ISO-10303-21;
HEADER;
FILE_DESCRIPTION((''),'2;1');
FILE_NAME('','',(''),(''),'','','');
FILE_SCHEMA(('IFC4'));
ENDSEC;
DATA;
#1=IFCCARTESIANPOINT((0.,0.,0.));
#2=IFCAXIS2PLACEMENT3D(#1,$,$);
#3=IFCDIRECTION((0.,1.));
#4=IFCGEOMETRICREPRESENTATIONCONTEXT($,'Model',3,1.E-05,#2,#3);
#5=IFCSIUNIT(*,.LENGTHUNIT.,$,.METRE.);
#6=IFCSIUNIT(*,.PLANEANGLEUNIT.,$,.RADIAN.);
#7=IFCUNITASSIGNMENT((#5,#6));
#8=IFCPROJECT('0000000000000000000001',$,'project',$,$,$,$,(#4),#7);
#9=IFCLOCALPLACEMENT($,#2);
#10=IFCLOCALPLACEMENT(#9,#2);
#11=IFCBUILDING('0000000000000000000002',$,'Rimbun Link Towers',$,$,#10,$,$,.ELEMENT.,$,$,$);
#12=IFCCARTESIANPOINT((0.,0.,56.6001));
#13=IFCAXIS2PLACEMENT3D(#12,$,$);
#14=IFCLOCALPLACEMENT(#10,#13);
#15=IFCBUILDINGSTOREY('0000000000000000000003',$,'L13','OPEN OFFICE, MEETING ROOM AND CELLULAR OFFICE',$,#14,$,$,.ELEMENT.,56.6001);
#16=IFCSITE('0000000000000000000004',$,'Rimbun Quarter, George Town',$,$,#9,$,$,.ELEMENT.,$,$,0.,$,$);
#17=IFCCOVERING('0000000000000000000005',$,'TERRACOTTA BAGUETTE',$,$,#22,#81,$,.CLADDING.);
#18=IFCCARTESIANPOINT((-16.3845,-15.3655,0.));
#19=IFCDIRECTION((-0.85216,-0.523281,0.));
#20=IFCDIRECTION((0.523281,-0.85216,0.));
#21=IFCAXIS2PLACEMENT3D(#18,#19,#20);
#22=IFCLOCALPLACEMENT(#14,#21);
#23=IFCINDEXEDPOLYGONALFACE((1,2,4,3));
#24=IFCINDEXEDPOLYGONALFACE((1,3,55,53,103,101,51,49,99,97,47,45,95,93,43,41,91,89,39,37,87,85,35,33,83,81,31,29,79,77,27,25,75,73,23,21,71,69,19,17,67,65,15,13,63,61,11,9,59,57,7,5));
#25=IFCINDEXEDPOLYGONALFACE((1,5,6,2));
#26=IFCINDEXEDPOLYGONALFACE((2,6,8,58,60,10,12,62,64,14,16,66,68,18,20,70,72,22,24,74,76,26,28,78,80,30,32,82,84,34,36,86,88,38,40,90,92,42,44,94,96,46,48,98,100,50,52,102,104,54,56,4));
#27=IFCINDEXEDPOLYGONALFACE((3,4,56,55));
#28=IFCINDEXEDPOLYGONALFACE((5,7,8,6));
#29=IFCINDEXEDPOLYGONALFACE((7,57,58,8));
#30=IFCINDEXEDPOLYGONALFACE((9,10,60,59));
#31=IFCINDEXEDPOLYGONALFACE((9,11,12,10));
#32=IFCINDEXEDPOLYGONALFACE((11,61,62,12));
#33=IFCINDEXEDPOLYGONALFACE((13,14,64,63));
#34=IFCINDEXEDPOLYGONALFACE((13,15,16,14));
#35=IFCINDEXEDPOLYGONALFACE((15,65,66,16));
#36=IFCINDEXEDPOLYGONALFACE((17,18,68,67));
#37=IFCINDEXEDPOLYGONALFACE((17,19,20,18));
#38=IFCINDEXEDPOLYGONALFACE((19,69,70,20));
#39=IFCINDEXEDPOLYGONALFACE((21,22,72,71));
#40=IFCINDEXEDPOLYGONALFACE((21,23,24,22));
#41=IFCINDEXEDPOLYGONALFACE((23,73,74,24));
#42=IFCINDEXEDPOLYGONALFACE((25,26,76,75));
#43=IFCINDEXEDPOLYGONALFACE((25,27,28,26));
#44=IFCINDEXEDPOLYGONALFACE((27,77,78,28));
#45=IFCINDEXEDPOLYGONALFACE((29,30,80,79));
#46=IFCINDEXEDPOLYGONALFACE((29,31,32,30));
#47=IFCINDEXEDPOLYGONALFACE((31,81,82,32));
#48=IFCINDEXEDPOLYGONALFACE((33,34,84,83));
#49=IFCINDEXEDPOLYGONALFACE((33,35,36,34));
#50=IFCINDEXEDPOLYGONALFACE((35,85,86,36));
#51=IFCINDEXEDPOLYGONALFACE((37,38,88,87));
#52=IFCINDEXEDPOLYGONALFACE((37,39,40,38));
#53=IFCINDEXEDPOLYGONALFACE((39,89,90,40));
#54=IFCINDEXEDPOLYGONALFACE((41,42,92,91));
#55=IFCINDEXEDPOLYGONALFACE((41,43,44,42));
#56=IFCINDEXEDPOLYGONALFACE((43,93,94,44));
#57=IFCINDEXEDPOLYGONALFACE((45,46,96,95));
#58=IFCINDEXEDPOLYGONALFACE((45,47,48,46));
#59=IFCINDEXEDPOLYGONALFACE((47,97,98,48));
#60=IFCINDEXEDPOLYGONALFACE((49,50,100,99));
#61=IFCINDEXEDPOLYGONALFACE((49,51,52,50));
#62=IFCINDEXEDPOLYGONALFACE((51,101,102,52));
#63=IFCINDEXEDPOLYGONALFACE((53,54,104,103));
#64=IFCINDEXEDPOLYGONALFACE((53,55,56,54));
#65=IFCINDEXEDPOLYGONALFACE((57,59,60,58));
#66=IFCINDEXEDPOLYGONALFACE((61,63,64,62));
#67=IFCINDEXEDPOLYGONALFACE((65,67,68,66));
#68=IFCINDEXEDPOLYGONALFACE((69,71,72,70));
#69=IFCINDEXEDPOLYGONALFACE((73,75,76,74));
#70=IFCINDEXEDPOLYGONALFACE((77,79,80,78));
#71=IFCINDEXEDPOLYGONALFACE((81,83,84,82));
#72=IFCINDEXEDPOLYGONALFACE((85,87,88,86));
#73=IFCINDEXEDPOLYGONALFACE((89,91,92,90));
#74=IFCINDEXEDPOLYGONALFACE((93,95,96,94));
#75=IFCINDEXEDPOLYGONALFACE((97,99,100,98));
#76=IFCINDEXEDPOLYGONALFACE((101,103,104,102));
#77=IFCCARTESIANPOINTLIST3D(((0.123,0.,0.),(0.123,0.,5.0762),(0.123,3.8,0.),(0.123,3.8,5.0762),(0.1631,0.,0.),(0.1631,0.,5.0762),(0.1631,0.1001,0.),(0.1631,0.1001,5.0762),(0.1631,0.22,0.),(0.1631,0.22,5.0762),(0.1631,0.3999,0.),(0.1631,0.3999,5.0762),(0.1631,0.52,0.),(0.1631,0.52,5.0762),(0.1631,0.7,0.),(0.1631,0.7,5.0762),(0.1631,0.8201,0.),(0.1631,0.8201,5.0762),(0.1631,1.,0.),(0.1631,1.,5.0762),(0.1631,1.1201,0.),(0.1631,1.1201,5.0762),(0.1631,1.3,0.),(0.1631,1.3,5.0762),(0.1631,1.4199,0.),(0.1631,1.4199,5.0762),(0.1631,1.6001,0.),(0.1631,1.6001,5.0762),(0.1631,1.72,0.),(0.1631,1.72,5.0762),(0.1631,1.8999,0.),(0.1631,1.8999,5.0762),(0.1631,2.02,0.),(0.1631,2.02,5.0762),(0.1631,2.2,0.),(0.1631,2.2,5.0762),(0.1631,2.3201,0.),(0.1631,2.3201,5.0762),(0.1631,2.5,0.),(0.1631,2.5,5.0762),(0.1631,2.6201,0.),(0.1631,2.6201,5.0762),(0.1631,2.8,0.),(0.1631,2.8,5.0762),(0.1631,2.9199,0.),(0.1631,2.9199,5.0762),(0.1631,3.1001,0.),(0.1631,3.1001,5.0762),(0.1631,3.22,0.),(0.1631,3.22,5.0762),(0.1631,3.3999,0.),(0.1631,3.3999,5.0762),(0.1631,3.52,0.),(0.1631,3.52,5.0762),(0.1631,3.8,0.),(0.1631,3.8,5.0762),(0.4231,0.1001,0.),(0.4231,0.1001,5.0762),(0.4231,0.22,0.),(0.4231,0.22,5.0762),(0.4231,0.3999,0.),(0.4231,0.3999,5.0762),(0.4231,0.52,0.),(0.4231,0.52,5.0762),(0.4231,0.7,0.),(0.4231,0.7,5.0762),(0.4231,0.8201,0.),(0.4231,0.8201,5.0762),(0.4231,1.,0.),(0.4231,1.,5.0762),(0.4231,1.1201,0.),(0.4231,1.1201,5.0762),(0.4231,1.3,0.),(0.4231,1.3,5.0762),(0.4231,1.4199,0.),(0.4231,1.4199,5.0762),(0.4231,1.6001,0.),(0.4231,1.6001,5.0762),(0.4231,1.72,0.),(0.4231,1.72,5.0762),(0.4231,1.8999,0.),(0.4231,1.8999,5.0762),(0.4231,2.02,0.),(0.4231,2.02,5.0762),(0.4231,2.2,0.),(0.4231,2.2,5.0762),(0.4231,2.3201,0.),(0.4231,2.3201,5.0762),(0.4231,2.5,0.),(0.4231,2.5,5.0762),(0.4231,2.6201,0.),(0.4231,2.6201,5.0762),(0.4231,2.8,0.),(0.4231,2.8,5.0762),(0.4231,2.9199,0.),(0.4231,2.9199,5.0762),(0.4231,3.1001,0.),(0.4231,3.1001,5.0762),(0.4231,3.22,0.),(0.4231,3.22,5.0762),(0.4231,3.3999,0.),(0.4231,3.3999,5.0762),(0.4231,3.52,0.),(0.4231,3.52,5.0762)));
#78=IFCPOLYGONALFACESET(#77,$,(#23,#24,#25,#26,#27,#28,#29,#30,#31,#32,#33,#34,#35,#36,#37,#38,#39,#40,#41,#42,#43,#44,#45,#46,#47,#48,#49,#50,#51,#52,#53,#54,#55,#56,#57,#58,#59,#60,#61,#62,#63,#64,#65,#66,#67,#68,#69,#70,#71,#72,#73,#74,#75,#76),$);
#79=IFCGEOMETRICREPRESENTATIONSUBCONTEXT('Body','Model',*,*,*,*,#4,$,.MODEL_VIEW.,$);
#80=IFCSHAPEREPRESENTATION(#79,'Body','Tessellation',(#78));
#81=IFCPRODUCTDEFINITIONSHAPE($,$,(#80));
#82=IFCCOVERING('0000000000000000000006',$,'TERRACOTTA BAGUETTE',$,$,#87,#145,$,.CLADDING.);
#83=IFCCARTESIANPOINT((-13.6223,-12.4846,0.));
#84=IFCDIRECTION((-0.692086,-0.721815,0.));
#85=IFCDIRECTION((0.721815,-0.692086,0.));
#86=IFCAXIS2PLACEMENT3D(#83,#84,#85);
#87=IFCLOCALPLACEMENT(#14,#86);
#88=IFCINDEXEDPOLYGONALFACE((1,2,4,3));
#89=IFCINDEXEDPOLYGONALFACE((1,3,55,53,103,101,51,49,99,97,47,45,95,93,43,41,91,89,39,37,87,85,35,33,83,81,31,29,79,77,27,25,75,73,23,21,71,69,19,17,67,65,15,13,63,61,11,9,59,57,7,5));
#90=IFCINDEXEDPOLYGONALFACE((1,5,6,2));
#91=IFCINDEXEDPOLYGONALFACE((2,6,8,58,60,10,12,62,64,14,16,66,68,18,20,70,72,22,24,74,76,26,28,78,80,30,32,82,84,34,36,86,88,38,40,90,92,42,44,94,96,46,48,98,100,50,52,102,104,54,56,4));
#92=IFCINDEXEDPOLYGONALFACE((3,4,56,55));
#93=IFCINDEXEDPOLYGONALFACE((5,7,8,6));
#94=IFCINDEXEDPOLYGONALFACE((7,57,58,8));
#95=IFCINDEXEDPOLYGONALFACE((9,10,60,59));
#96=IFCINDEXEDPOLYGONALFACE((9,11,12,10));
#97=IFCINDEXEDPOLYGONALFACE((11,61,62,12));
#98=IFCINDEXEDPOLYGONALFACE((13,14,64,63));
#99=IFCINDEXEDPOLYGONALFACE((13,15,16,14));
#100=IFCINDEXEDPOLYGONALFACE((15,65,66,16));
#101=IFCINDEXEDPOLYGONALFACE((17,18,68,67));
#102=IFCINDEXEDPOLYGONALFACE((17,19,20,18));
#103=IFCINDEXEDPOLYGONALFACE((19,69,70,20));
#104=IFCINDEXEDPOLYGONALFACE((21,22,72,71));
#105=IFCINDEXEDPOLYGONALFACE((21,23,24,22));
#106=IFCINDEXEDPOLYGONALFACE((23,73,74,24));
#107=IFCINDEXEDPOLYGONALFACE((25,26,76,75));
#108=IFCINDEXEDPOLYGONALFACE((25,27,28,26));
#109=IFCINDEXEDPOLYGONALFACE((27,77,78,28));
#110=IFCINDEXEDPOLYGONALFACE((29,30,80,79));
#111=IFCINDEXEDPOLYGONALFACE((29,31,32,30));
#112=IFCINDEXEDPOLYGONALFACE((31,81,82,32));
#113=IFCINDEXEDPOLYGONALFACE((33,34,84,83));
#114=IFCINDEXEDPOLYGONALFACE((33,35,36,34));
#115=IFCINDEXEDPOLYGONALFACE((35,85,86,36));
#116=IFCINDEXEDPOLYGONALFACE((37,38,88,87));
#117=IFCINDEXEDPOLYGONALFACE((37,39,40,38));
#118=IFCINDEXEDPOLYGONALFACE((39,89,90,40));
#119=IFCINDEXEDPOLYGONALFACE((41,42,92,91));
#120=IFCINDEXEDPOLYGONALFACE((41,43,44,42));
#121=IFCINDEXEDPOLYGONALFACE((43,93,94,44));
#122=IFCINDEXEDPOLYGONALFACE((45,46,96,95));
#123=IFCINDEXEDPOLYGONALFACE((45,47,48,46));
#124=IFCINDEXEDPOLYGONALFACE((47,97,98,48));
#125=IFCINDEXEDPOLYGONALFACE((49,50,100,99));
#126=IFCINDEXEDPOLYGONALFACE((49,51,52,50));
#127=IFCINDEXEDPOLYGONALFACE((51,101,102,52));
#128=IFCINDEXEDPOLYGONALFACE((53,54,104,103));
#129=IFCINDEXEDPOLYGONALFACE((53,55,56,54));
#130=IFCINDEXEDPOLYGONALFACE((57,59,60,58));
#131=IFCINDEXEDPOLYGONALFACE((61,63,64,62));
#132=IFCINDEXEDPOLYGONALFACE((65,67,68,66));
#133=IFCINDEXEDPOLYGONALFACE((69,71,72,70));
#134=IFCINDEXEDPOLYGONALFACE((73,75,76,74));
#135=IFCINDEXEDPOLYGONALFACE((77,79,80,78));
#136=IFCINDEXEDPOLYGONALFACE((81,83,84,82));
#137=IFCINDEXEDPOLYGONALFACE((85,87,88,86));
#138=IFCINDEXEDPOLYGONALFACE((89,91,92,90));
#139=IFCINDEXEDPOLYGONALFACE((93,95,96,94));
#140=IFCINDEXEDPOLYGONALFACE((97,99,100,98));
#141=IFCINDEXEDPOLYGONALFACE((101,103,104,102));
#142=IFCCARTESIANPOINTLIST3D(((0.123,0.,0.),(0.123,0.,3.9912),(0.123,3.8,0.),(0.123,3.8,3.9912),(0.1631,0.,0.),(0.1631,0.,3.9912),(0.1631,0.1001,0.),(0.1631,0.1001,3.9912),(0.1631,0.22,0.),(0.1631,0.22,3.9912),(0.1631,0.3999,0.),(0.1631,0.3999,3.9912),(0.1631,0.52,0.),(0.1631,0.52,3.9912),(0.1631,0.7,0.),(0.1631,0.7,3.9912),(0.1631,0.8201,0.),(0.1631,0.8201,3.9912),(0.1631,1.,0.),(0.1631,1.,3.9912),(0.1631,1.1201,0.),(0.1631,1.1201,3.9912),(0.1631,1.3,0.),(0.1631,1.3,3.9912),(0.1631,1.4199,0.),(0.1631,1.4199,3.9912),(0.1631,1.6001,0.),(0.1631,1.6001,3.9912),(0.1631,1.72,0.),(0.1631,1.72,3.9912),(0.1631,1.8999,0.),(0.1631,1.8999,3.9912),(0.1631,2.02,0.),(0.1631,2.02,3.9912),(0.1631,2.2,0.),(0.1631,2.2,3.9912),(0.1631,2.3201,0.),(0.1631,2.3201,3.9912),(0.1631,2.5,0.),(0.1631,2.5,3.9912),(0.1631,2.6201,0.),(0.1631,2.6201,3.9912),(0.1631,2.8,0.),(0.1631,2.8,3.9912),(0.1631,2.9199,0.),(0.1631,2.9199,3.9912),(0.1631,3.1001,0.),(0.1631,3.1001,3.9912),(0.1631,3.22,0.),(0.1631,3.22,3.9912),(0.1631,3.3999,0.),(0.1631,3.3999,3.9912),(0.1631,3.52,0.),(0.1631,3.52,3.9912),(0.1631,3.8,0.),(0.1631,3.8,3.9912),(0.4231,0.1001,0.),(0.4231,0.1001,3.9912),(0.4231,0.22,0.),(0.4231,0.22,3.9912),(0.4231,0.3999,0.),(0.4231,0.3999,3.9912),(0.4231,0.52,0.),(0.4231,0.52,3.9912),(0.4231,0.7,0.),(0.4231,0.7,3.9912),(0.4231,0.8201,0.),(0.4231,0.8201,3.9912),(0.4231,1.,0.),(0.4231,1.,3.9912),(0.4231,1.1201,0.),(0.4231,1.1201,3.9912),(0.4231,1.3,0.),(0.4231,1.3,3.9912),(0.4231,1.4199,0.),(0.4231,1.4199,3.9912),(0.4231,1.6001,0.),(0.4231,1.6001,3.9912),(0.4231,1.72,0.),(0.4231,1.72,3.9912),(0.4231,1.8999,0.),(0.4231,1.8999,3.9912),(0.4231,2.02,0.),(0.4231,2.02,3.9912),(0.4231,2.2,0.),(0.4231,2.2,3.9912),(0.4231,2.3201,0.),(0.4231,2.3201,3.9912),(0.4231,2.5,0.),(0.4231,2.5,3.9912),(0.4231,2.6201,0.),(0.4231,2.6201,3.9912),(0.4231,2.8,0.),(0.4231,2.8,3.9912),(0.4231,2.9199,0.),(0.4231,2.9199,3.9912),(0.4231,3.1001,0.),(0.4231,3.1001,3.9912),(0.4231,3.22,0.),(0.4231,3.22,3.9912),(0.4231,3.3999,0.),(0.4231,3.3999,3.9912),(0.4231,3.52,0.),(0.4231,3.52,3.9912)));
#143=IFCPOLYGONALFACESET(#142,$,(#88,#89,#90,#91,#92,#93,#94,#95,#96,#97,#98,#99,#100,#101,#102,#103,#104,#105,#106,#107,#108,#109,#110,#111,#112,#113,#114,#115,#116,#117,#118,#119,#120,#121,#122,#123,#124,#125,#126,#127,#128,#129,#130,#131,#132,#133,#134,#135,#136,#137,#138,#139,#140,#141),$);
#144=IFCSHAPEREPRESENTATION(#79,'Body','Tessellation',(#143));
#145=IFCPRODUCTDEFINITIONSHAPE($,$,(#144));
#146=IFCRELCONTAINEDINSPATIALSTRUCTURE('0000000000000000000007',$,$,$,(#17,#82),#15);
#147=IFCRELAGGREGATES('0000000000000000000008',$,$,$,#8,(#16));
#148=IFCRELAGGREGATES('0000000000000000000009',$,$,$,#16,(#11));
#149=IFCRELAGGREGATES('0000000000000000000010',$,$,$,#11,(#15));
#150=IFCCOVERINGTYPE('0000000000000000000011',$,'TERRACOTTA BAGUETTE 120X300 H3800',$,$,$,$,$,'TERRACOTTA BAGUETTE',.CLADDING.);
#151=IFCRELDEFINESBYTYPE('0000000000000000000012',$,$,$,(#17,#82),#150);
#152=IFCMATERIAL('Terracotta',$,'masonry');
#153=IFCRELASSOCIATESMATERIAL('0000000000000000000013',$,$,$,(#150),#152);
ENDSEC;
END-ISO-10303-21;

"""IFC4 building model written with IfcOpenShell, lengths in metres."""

from ifc_helpers import new_model, si_unit, direction, frame, origin, place, context, subcontext, project, spatial, polyline, outline, extrude, material, material_profile, profile_set, type_object, element, save


model = new_model("IFC4")

# Units and contexts
model_context = context("Model", 3, precision=1e-05, world=origin(), true_north=direction((0.0, 1.0)))
body_context = subcontext(model_context, "Body", "Model", "MODEL_VIEW")
ifc_project = project(units=[si_unit("LENGTHUNIT", "METRE"), si_unit("PLANEANGLEUNIT", "RADIAN")], contexts=[model_context])

# Site, building, storey
site_placement = place(None, origin())
site = spatial("IfcSite", under=ifc_project, at=site_placement, Name="Rimbun Quarter, George Town", CompositionType="ELEMENT", RefElevation=0.0)
building_placement = place(site_placement, origin())
building = spatial("IfcBuilding", under=site, at=building_placement, Name="Rimbun Link Towers", CompositionType="ELEMENT")
storey_placement = place(building_placement, frame((0.0, 0.0, 56.6001)))
storey = spatial("IfcBuildingStorey", under=building, at=storey_placement, Name="L13", Description="OPEN OFFICE, MEETING ROOM AND CELLULAR OFFICE", CompositionType="ELEMENT", Elevation=56.6001)

# Coverings
ifc_material_1 = material(Name="Terracotta", Category="masonry")
ifc_material_profile_1 = material_profile(ifc_material_1, outline(polyline([(0.123, 0.0), (0.1631, 0.0), (0.1631, 0.1001), (0.4231, 0.1001), (0.4231, 0.22), (0.1631, 0.22), (0.1631, 0.3999), (0.4231, 0.3999), (0.4231, 0.52), (0.1631, 0.52), (0.1631, 0.7), (0.4231, 0.7), (0.4231, 0.8201), (0.1631, 0.8201), (0.1631, 1.0), (0.4231, 1.0), (0.4231, 1.1201), (0.1631, 1.1201), (0.1631, 1.3), (0.4231, 1.3), (0.4231, 1.4199), (0.1631, 1.4199), (0.1631, 1.6001), (0.4231, 1.6001), (0.4231, 1.72), (0.1631, 1.72), (0.1631, 1.8999), (0.4231, 1.8999), (0.4231, 2.02), (0.1631, 2.02), (0.1631, 2.2), (0.4231, 2.2), (0.4231, 2.3201), (0.1631, 2.3201), (0.1631, 2.5), (0.4231, 2.5), (0.4231, 2.6201), (0.1631, 2.6201), (0.1631, 2.8), (0.4231, 2.8), (0.4231, 2.9199), (0.1631, 2.9199), (0.1631, 3.1001), (0.4231, 3.1001), (0.4231, 3.22), (0.1631, 3.22), (0.1631, 3.3999), (0.4231, 3.3999), (0.4231, 3.52), (0.1631, 3.52), (0.1631, 3.8), (0.123, 3.8), (0.123, 0.0)])), Name="BAGUETTE 120X300")
ifc_profile_set_1 = profile_set([ifc_material_profile_1], Name="Terracotta")
covering_type = type_object("IfcCoveringType", Name="TERRACOTTA BAGUETTE 120X300 H3800", ElementType="TERRACOTTA BAGUETTE", PredefinedType="CLADDING", material=ifc_profile_set_1)
covering_1_placement = place(storey_placement, frame((-16.3845, -15.3655, 0.0), z_axis=(-0.85216, -0.523281, 0.0), x_axis=(0.523281, -0.85216, 0.0)))
element("IfcCovering", 1, at=covering_1_placement, inside=storey, type_object=covering_type, Name="TERRACOTTA BAGUETTE", PredefinedType="CLADDING", context=body_context, shape_type="SweptSolid", body=[
    extrude(outline(polyline([(0.123, 0.0), (0.1631, 0.0), (0.1631, 0.1001), (0.4231, 0.1001), (0.4231, 0.22), (0.1631, 0.22), (0.1631, 0.3999), (0.4231, 0.3999), (0.4231, 0.52), (0.1631, 0.52), (0.1631, 0.7), (0.4231, 0.7), (0.4231, 0.8201), (0.1631, 0.8201), (0.1631, 1.0), (0.4231, 1.0), (0.4231, 1.1201), (0.1631, 1.1201), (0.1631, 1.3), (0.4231, 1.3), (0.4231, 1.4199), (0.1631, 1.4199), (0.1631, 1.6001), (0.4231, 1.6001), (0.4231, 1.72), (0.1631, 1.72), (0.1631, 1.8999), (0.4231, 1.8999), (0.4231, 2.02), (0.1631, 2.02), (0.1631, 2.2), (0.4231, 2.2), (0.4231, 2.3201), (0.1631, 2.3201), (0.1631, 2.5), (0.4231, 2.5), (0.4231, 2.6201), (0.1631, 2.6201), (0.1631, 2.8), (0.4231, 2.8), (0.4231, 2.9199), (0.1631, 2.9199), (0.1631, 3.1001), (0.4231, 3.1001), (0.4231, 3.22), (0.1631, 3.22), (0.1631, 3.3999), (0.4231, 3.3999), (0.4231, 3.52), (0.1631, 3.52), (0.1631, 3.8), (0.123, 3.8), (0.123, 0.0)])), origin(), (0.0, 0.0, 1.0), 5.0762),
])
covering_2_placement = place(storey_placement, frame((-13.6223, -12.4846, 0.0), z_axis=(-0.692086, -0.721815, 0.0), x_axis=(0.721815, -0.692086, 0.0)))
element("IfcCovering", 2, at=covering_2_placement, inside=storey, type_object=covering_type, Name="TERRACOTTA BAGUETTE", PredefinedType="CLADDING", context=body_context, shape_type="SweptSolid", body=[
    extrude(outline(polyline([(0.123, 0.0), (0.1631, 0.0), (0.1631, 0.1001), (0.4231, 0.1001), (0.4231, 0.22), (0.1631, 0.22), (0.1631, 0.3999), (0.4231, 0.3999), (0.4231, 0.52), (0.1631, 0.52), (0.1631, 0.7), (0.4231, 0.7), (0.4231, 0.8201), (0.1631, 0.8201), (0.1631, 1.0), (0.4231, 1.0), (0.4231, 1.1201), (0.1631, 1.1201), (0.1631, 1.3), (0.4231, 1.3), (0.4231, 1.4199), (0.1631, 1.4199), (0.1631, 1.6001), (0.4231, 1.6001), (0.4231, 1.72), (0.1631, 1.72), (0.1631, 1.8999), (0.4231, 1.8999), (0.4231, 2.02), (0.1631, 2.02), (0.1631, 2.2), (0.4231, 2.2), (0.4231, 2.3201), (0.1631, 2.3201), (0.1631, 2.5), (0.4231, 2.5), (0.4231, 2.6201), (0.1631, 2.6201), (0.1631, 2.8), (0.4231, 2.8), (0.4231, 2.9199), (0.1631, 2.9199), (0.1631, 3.1001), (0.4231, 3.1001), (0.4231, 3.22), (0.1631, 3.22), (0.1631, 3.3999), (0.4231, 3.3999), (0.4231, 3.52), (0.1631, 3.52), (0.1631, 3.8), (0.123, 3.8), (0.123, 0.0)])), origin(), (0.0, 0.0, 1.0), 3.9912),
])

save(model, "model.ifc")
